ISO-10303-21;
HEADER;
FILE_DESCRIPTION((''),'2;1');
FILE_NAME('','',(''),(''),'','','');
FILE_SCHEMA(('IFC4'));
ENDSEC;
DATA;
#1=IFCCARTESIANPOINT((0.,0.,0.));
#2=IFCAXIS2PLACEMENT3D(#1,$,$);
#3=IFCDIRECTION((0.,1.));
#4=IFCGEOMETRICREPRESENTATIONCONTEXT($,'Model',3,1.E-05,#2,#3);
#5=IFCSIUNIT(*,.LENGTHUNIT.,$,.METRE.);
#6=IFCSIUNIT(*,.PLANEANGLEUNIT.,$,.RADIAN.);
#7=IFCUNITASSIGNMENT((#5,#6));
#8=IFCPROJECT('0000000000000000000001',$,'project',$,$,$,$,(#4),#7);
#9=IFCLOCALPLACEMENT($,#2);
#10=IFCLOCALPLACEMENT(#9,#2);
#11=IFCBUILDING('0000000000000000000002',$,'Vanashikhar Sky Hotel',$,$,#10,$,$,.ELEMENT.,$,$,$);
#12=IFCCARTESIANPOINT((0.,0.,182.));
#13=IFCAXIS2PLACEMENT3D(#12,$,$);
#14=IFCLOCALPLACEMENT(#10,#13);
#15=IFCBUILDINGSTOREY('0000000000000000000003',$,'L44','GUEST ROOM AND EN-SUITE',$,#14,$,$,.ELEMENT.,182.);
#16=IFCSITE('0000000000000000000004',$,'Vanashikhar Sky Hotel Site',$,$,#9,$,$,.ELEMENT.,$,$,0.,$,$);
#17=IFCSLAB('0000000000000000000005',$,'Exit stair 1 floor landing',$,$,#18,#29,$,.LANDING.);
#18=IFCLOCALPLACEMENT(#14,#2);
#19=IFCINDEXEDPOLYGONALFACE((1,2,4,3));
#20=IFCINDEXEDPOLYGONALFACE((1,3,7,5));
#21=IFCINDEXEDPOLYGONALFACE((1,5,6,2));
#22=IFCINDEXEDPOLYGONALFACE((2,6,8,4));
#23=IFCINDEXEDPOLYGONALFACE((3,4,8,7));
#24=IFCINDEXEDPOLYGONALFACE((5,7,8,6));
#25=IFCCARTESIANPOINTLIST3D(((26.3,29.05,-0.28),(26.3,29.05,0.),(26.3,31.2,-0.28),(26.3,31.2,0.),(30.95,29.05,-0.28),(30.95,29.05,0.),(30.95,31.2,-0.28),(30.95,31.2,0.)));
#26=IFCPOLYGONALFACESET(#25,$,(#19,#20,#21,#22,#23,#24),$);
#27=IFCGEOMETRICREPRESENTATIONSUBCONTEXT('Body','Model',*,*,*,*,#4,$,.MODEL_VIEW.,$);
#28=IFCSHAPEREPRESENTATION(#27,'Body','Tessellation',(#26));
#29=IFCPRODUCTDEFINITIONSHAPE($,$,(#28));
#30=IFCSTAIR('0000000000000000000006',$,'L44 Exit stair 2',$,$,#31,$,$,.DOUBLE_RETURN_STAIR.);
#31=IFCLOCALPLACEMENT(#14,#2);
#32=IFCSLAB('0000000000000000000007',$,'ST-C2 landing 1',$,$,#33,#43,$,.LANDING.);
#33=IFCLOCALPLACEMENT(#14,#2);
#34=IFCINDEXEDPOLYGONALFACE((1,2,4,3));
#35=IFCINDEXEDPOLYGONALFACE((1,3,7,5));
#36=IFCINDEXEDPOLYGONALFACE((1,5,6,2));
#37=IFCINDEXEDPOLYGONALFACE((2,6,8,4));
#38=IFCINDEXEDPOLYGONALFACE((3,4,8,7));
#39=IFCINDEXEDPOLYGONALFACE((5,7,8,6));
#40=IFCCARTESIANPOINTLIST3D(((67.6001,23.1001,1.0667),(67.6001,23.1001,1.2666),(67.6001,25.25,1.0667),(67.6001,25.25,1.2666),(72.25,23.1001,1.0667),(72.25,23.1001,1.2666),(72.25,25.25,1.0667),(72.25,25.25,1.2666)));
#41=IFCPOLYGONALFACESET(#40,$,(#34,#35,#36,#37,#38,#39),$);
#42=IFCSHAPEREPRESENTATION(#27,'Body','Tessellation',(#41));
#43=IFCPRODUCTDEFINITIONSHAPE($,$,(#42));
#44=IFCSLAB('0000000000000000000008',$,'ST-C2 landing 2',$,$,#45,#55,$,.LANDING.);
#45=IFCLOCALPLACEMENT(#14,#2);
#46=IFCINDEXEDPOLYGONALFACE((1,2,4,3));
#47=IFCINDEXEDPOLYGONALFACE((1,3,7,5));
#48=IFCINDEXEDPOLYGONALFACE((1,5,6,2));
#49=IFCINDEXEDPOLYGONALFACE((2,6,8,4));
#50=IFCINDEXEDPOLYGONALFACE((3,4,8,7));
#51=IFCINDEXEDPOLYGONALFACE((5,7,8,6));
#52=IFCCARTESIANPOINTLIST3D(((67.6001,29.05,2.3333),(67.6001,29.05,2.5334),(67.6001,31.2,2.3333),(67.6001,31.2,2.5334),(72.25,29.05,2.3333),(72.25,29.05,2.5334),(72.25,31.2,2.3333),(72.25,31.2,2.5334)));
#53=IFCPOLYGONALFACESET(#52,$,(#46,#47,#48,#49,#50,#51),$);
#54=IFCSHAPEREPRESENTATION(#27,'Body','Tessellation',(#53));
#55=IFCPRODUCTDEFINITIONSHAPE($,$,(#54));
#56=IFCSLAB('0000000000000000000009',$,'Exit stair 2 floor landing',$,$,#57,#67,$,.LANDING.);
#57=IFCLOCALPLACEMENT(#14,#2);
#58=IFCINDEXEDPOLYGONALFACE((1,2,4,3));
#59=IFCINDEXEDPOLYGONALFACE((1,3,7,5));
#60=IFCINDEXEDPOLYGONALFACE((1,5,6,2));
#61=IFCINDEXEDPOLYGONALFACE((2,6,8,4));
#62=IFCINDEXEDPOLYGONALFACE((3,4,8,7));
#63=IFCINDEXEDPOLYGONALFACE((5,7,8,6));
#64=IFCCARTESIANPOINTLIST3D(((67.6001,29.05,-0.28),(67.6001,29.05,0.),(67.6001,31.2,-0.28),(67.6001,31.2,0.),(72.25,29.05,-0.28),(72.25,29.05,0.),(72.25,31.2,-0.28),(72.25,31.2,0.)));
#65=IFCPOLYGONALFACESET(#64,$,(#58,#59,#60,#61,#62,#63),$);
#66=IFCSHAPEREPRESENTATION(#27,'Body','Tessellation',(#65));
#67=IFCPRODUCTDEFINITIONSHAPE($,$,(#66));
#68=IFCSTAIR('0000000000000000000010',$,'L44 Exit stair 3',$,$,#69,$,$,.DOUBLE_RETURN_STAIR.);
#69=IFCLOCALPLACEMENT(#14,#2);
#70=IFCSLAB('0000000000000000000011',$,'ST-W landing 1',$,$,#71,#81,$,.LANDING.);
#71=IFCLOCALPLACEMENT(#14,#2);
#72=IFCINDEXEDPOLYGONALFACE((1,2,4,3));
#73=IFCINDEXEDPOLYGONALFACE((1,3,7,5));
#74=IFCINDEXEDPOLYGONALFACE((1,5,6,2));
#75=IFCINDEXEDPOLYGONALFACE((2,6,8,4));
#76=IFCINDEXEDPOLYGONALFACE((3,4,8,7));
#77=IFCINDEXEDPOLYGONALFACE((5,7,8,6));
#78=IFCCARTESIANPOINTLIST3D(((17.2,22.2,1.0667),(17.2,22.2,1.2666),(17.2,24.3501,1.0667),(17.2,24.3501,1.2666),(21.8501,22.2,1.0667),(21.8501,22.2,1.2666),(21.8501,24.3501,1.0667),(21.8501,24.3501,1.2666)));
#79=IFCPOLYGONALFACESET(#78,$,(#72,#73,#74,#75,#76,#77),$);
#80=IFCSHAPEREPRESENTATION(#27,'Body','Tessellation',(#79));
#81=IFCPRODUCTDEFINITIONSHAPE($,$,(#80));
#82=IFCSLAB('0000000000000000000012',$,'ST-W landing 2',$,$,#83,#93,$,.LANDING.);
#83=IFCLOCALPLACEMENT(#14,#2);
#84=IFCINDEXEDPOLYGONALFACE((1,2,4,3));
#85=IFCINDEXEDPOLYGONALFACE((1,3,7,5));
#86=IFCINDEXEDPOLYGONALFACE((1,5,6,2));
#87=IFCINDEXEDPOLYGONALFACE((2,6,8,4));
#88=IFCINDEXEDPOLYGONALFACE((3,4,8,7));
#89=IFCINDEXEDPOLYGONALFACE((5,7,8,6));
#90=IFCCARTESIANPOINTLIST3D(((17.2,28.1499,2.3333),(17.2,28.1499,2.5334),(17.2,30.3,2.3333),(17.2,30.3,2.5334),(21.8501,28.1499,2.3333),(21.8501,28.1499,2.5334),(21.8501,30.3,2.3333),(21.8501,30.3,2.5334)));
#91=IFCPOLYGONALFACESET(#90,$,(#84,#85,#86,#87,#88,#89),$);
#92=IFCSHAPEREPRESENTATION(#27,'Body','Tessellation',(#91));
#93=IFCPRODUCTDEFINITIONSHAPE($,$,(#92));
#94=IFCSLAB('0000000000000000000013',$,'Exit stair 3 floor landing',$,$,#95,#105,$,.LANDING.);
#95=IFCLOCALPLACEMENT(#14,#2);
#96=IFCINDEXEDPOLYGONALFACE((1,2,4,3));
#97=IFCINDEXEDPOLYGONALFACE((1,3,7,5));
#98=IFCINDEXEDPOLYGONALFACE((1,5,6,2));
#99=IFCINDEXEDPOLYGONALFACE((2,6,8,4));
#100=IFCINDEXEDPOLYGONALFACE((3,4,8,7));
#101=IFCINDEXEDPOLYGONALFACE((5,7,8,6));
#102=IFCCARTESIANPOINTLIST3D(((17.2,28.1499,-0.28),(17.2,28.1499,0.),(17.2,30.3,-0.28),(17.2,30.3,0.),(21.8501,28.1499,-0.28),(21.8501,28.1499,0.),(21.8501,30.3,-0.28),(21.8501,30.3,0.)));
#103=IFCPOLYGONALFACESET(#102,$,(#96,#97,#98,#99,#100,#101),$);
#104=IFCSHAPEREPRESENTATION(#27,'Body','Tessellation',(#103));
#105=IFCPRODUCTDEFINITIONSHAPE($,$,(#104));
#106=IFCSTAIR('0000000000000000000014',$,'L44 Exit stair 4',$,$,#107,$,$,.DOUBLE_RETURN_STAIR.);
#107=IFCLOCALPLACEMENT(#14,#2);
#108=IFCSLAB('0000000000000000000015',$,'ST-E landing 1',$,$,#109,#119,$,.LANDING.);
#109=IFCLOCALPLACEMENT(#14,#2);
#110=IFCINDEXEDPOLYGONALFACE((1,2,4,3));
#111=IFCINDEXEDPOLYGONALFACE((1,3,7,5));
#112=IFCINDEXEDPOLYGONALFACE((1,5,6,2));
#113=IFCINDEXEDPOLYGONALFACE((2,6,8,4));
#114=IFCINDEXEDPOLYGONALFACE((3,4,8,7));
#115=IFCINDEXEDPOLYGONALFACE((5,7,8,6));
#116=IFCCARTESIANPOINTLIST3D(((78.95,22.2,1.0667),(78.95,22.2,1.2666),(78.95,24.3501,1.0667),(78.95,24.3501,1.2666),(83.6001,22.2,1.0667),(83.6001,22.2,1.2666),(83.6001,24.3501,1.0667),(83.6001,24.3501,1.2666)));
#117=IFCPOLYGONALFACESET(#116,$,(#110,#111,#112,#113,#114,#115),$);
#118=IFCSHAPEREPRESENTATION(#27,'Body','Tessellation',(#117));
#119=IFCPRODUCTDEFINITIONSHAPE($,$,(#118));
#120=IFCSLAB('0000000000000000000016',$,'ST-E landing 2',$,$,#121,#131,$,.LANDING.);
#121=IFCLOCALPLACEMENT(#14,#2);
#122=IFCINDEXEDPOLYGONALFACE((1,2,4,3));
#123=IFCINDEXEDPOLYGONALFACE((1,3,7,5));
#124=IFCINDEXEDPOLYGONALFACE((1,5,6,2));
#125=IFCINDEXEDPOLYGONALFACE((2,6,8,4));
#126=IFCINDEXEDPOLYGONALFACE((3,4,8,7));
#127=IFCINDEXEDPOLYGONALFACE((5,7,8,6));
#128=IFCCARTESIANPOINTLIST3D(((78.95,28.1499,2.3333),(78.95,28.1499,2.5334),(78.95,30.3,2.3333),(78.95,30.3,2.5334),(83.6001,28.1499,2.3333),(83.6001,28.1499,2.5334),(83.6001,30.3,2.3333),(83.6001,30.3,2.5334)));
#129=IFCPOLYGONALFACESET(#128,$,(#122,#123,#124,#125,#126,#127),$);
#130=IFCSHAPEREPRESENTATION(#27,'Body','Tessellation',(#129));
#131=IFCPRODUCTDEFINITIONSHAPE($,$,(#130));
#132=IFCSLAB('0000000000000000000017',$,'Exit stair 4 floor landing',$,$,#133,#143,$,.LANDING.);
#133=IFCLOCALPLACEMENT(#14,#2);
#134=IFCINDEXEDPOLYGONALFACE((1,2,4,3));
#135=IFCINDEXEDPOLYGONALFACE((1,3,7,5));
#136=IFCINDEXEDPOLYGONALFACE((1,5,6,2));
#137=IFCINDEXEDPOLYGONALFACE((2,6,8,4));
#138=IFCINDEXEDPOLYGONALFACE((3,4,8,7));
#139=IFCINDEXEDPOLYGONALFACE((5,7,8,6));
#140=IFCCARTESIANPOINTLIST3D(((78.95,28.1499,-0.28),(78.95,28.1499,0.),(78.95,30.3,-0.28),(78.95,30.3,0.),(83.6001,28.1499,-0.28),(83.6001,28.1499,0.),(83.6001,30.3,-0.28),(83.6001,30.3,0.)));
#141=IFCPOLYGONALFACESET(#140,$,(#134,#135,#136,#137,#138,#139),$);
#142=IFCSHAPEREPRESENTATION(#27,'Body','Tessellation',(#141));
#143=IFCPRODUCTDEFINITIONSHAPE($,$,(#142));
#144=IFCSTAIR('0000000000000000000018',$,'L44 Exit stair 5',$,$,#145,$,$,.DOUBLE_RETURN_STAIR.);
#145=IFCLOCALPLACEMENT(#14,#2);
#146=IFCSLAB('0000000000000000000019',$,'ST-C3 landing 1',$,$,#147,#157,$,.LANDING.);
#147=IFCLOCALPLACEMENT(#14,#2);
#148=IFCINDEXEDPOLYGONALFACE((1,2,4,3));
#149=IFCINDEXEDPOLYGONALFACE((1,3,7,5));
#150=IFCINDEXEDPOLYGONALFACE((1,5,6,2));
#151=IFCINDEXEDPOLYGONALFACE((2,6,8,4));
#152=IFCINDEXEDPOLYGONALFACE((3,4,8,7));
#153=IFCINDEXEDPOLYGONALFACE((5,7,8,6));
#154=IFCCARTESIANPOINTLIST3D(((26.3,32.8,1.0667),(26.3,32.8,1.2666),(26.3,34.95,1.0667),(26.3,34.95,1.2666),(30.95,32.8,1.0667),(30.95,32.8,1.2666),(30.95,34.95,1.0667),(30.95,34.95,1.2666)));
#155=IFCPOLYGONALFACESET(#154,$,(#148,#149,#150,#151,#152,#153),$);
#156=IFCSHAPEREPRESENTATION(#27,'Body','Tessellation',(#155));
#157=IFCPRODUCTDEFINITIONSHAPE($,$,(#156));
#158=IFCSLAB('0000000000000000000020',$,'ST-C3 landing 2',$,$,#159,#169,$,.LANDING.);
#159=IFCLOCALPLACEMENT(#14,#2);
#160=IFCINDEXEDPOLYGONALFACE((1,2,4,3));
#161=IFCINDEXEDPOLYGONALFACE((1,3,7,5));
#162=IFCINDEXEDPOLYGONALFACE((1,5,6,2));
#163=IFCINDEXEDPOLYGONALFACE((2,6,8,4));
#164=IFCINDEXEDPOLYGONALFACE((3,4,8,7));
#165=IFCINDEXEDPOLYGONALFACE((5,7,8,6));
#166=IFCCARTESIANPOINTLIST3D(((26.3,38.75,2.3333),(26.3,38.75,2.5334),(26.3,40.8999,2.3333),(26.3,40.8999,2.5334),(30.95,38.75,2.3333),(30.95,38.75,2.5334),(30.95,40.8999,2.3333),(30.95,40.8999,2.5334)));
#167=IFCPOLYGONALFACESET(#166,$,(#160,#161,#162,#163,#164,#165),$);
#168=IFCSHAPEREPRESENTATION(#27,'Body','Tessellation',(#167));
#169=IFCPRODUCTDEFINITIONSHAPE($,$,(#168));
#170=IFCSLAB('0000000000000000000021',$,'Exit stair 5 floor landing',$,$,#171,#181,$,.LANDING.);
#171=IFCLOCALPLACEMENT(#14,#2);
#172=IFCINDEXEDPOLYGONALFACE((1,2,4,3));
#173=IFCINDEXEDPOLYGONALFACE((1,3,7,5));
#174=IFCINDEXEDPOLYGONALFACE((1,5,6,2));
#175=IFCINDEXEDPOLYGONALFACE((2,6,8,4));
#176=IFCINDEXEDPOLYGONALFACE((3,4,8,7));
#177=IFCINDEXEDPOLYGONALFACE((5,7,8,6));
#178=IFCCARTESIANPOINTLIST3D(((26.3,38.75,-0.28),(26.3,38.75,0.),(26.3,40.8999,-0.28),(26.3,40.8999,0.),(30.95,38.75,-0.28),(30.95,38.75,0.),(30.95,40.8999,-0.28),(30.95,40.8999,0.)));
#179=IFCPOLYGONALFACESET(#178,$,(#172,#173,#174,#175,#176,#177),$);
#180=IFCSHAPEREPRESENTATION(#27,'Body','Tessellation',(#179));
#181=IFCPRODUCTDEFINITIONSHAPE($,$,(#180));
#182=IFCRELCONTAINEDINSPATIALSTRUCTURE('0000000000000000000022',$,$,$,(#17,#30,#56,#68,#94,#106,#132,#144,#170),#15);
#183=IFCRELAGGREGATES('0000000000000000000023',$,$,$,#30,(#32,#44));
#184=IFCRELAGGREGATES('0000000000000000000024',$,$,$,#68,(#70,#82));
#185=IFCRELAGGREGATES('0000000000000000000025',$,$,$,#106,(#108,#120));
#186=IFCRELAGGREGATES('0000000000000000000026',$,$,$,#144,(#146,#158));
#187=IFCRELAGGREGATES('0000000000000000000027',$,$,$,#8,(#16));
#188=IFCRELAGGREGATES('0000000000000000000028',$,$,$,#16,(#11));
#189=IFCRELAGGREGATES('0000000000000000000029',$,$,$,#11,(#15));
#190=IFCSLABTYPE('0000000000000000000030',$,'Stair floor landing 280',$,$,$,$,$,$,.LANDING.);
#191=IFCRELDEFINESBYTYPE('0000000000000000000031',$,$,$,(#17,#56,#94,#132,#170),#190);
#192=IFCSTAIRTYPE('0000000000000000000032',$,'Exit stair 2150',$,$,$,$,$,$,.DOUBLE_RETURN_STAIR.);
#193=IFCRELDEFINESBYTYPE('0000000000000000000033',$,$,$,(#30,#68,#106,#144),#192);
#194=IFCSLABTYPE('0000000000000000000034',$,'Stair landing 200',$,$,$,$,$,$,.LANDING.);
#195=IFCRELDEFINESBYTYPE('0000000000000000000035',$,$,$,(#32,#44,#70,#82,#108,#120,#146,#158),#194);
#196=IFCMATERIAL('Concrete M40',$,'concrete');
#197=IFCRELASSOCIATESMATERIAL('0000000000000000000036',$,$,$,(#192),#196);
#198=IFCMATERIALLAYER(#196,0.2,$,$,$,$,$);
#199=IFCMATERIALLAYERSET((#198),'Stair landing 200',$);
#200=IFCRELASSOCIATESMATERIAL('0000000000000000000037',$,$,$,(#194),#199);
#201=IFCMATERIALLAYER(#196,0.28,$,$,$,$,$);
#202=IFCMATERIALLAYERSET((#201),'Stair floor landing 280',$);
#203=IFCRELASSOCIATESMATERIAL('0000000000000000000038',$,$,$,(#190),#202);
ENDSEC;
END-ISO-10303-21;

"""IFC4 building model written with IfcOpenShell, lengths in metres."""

from ifc_helpers import new_model, si_unit, direction, frame, origin, place, context, subcontext, project, spatial, polyline, outline, extrude, source, transform, mapped, material, layer, layer_set, type_object, element, aggregate, save


model = new_model("IFC4")

# Units and contexts
model_context = context("Model", 3, precision=1e-05, world=origin(), true_north=direction((0.0, 1.0)))
body_context = subcontext(model_context, "Body", "Model", "MODEL_VIEW")
ifc_project = project(units=[si_unit("LENGTHUNIT", "METRE"), si_unit("PLANEANGLEUNIT", "RADIAN")], contexts=[model_context])

# Site, building, storey
site_placement = place(None, origin())
site = spatial("IfcSite", under=ifc_project, at=site_placement, Name="Vanashikhar Sky Hotel Site", CompositionType="ELEMENT", RefElevation=0.0)
building_placement = place(site_placement, origin())
building = spatial("IfcBuilding", under=site, at=building_placement, Name="Vanashikhar Sky Hotel", CompositionType="ELEMENT")
storey_placement = place(building_placement, frame((0.0, 0.0, 182.0)))
storey = spatial("IfcBuildingStorey", under=building, at=storey_placement, Name="L44", Description="GUEST ROOM AND EN-SUITE", CompositionType="ELEMENT", Elevation=182.0)

# Shared definitions
ifc_material = material(Name="Concrete M40", Category="concrete")

# Shared definitions
stair_type = type_object("IfcStairType", Name="Exit stair 2150", PredefinedType="DOUBLE_RETURN_STAIR", material=ifc_material)
ifc_layer_1 = layer(ifc_material, 0.2)
ifc_layer_set_1 = layer_set([ifc_layer_1], Name="Stair landing 200")
slab_type_1 = type_object("IfcSlabType", Name="Stair landing 200", PredefinedType="LANDING", material=ifc_layer_set_1)

# Slab
ifc_layer_2 = layer(ifc_material, 0.28)
ifc_layer_set_2 = layer_set([ifc_layer_2], Name="Stair floor landing 280")
slab_type_2 = type_object("IfcSlabType", Name="Stair floor landing 280", PredefinedType="LANDING", material=ifc_layer_set_2)
shared_shape_1 = source(origin(), body_context, "Body", "SweptSolid", [
    extrude(outline(polyline([(30.95, 29.05), (30.95, 31.2), (26.3, 31.2), (26.3, 29.05), (30.95, 29.05)])), origin(), (0.0, 0.0, 1.0), 0.28),
])
slab_1_placement = place(storey_placement, frame((0.0, 0.0, -0.28)))
element("IfcSlab", 1, at=slab_1_placement, inside=storey, type_object=slab_type_2, Name="Exit stair 1 floor landing", PredefinedType="LANDING", context=body_context, shape_type="MappedRepresentation", body=[
    mapped(shared_shape_1, transform((0.0, 0.0, 0.0), scale=1.0)),
])

# Stair, slabs
stair_1_placement = place(storey_placement, origin())
stair_1 = element("IfcStair", 2, at=stair_1_placement, inside=storey, type_object=stair_type, Name="L44 Exit stair 2", PredefinedType="DOUBLE_RETURN_STAIR")
shared_shape_2 = source(origin(), body_context, "Body", "SweptSolid", [
    extrude(outline(polyline([(72.25, 23.1001), (72.25, 25.25), (67.6001, 25.25), (67.6001, 23.1001), (72.25, 23.1001)])), origin(), (0.0, 0.0, 1.0), 0.2),
])
slab_2_placement = place(storey_placement, frame((0.0, 0.0, 1.0667)))
slab_2 = element("IfcSlab", 3, at=slab_2_placement, type_object=slab_type_1, Name="ST-C2 landing 1", PredefinedType="LANDING", context=body_context, shape_type="MappedRepresentation", body=[
    mapped(shared_shape_2, transform((0.0, 0.0, 0.0), scale=1.0)),
])
shared_shape_3 = source(origin(), body_context, "Body", "SweptSolid", [
    extrude(outline(polyline([(72.25, 29.05), (72.25, 31.2), (67.6001, 31.2), (67.6001, 29.05), (72.25, 29.05)])), origin(), (0.0, 0.0, 1.0), 0.2002),
])
slab_3_placement = place(storey_placement, frame((0.0, 0.0, 2.3333)))
slab_3 = element("IfcSlab", 4, at=slab_3_placement, type_object=slab_type_1, Name="ST-C2 landing 2", PredefinedType="LANDING", context=body_context, shape_type="MappedRepresentation", body=[
    mapped(shared_shape_3, transform((0.0, 0.0, 0.0), scale=1.0)),
])
aggregate(stair_1, [slab_2, slab_3])

# Slab
shared_shape_4 = source(origin(), body_context, "Body", "SweptSolid", [
    extrude(outline(polyline([(72.25, 29.05), (72.25, 31.2), (67.6001, 31.2), (67.6001, 29.05), (72.25, 29.05)])), origin(), (0.0, 0.0, 1.0), 0.28),
])
slab_4_placement = place(storey_placement, frame((0.0, 0.0, -0.28)))
element("IfcSlab", 5, at=slab_4_placement, inside=storey, type_object=slab_type_2, Name="Exit stair 2 floor landing", PredefinedType="LANDING", context=body_context, shape_type="MappedRepresentation", body=[
    mapped(shared_shape_4, transform((0.0, 0.0, 0.0), scale=1.0)),
])

# Stair, slabs
stair_2_placement = place(storey_placement, origin())
stair_2 = element("IfcStair", 6, at=stair_2_placement, inside=storey, type_object=stair_type, Name="L44 Exit stair 3", PredefinedType="DOUBLE_RETURN_STAIR")
shared_shape_5 = source(origin(), body_context, "Body", "SweptSolid", [
    extrude(outline(polyline([(21.8501, 22.2), (21.8501, 24.3501), (17.2, 24.3501), (17.2, 22.2), (21.8501, 22.2)])), origin(), (0.0, 0.0, 1.0), 0.2),
])
slab_5_placement = place(storey_placement, frame((0.0, 0.0, 1.0667)))
slab_5 = element("IfcSlab", 7, at=slab_5_placement, type_object=slab_type_1, Name="ST-W landing 1", PredefinedType="LANDING", context=body_context, shape_type="MappedRepresentation", body=[
    mapped(shared_shape_5, transform((0.0, 0.0, 0.0), scale=1.0)),
])
shared_shape_6 = source(origin(), body_context, "Body", "SweptSolid", [
    extrude(outline(polyline([(21.8501, 28.1499), (21.8501, 30.3), (17.2, 30.3), (17.2, 28.1499), (21.8501, 28.1499)])), origin(), (0.0, 0.0, 1.0), 0.2002),
])
slab_6_placement = place(storey_placement, frame((0.0, 0.0, 2.3333)))
slab_6 = element("IfcSlab", 8, at=slab_6_placement, type_object=slab_type_1, Name="ST-W landing 2", PredefinedType="LANDING", context=body_context, shape_type="MappedRepresentation", body=[
    mapped(shared_shape_6, transform((0.0, 0.0, 0.0), scale=1.0)),
])
aggregate(stair_2, [slab_5, slab_6])

# Slab
shared_shape_7 = source(origin(), body_context, "Body", "SweptSolid", [
    extrude(outline(polyline([(21.8501, 28.1499), (21.8501, 30.3), (17.2, 30.3), (17.2, 28.1499), (21.8501, 28.1499)])), origin(), (0.0, 0.0, 1.0), 0.28),
])
slab_7_placement = place(storey_placement, frame((0.0, 0.0, -0.28)))
element("IfcSlab", 9, at=slab_7_placement, inside=storey, type_object=slab_type_2, Name="Exit stair 3 floor landing", PredefinedType="LANDING", context=body_context, shape_type="MappedRepresentation", body=[
    mapped(shared_shape_7, transform((0.0, 0.0, 0.0), scale=1.0)),
])

# Stair, slabs
stair_3_placement = place(storey_placement, origin())
stair_3 = element("IfcStair", 10, at=stair_3_placement, inside=storey, type_object=stair_type, Name="L44 Exit stair 4", PredefinedType="DOUBLE_RETURN_STAIR")
shared_shape_8 = source(origin(), body_context, "Body", "SweptSolid", [
    extrude(outline(polyline([(83.6001, 22.2), (83.6001, 24.3501), (78.95, 24.3501), (78.95, 22.2), (83.6001, 22.2)])), origin(), (0.0, 0.0, 1.0), 0.2),
])
slab_8_placement = place(storey_placement, frame((0.0, 0.0, 1.0667)))
slab_8 = element("IfcSlab", 11, at=slab_8_placement, type_object=slab_type_1, Name="ST-E landing 1", PredefinedType="LANDING", context=body_context, shape_type="MappedRepresentation", body=[
    mapped(shared_shape_8, transform((0.0, 0.0, 0.0), scale=1.0)),
])
shared_shape_9 = source(origin(), body_context, "Body", "SweptSolid", [
    extrude(outline(polyline([(83.6001, 28.1499), (83.6001, 30.3), (78.95, 30.3), (78.95, 28.1499), (83.6001, 28.1499)])), origin(), (0.0, 0.0, 1.0), 0.2002),
])
slab_9_placement = place(storey_placement, frame((0.0, 0.0, 2.3333)))
slab_9 = element("IfcSlab", 12, at=slab_9_placement, type_object=slab_type_1, Name="ST-E landing 2", PredefinedType="LANDING", context=body_context, shape_type="MappedRepresentation", body=[
    mapped(shared_shape_9, transform((0.0, 0.0, 0.0), scale=1.0)),
])
aggregate(stair_3, [slab_8, slab_9])

# Slab
shared_shape_10 = source(origin(), body_context, "Body", "SweptSolid", [
    extrude(outline(polyline([(83.6001, 28.1499), (83.6001, 30.3), (78.95, 30.3), (78.95, 28.1499), (83.6001, 28.1499)])), origin(), (0.0, 0.0, 1.0), 0.28),
])
slab_10_placement = place(storey_placement, frame((0.0, 0.0, -0.28)))
element("IfcSlab", 13, at=slab_10_placement, inside=storey, type_object=slab_type_2, Name="Exit stair 4 floor landing", PredefinedType="LANDING", context=body_context, shape_type="MappedRepresentation", body=[
    mapped(shared_shape_10, transform((0.0, 0.0, 0.0), scale=1.0)),
])

# Stair, slabs
stair_4_placement = place(storey_placement, origin())
stair_4 = element("IfcStair", 14, at=stair_4_placement, inside=storey, type_object=stair_type, Name="L44 Exit stair 5", PredefinedType="DOUBLE_RETURN_STAIR")
shared_shape_11 = source(origin(), body_context, "Body", "SweptSolid", [
    extrude(outline(polyline([(30.95, 32.8), (30.95, 34.95), (26.3, 34.95), (26.3, 32.8), (30.95, 32.8)])), origin(), (0.0, 0.0, 1.0), 0.2),
])
slab_11_placement = place(storey_placement, frame((0.0, 0.0, 1.0667)))
slab_11 = element("IfcSlab", 15, at=slab_11_placement, type_object=slab_type_1, Name="ST-C3 landing 1", PredefinedType="LANDING", context=body_context, shape_type="MappedRepresentation", body=[
    mapped(shared_shape_11, transform((0.0, 0.0, 0.0), scale=1.0)),
])
shared_shape_12 = source(origin(), body_context, "Body", "SweptSolid", [
    extrude(outline(polyline([(30.95, 38.75), (30.95, 40.8999), (26.3, 40.8999), (26.3, 38.75), (30.95, 38.75)])), origin(), (0.0, 0.0, 1.0), 0.2002),
])
slab_12_placement = place(storey_placement, frame((0.0, 0.0, 2.3333)))
slab_12 = element("IfcSlab", 16, at=slab_12_placement, type_object=slab_type_1, Name="ST-C3 landing 2", PredefinedType="LANDING", context=body_context, shape_type="MappedRepresentation", body=[
    mapped(shared_shape_12, transform((0.0, 0.0, 0.0), scale=1.0)),
])
aggregate(stair_4, [slab_11, slab_12])

# Slab
shared_shape_13 = source(origin(), body_context, "Body", "SweptSolid", [
    extrude(outline(polyline([(30.95, 38.75), (30.95, 40.8999), (26.3, 40.8999), (26.3, 38.75), (30.95, 38.75)])), origin(), (0.0, 0.0, 1.0), 0.28),
])
slab_13_placement = place(storey_placement, frame((0.0, 0.0, -0.28)))
element("IfcSlab", 17, at=slab_13_placement, inside=storey, type_object=slab_type_2, Name="Exit stair 5 floor landing", PredefinedType="LANDING", context=body_context, shape_type="MappedRepresentation", body=[
    mapped(shared_shape_13, transform((0.0, 0.0, 0.0), scale=1.0)),
])

save(model, "model.ifc")
